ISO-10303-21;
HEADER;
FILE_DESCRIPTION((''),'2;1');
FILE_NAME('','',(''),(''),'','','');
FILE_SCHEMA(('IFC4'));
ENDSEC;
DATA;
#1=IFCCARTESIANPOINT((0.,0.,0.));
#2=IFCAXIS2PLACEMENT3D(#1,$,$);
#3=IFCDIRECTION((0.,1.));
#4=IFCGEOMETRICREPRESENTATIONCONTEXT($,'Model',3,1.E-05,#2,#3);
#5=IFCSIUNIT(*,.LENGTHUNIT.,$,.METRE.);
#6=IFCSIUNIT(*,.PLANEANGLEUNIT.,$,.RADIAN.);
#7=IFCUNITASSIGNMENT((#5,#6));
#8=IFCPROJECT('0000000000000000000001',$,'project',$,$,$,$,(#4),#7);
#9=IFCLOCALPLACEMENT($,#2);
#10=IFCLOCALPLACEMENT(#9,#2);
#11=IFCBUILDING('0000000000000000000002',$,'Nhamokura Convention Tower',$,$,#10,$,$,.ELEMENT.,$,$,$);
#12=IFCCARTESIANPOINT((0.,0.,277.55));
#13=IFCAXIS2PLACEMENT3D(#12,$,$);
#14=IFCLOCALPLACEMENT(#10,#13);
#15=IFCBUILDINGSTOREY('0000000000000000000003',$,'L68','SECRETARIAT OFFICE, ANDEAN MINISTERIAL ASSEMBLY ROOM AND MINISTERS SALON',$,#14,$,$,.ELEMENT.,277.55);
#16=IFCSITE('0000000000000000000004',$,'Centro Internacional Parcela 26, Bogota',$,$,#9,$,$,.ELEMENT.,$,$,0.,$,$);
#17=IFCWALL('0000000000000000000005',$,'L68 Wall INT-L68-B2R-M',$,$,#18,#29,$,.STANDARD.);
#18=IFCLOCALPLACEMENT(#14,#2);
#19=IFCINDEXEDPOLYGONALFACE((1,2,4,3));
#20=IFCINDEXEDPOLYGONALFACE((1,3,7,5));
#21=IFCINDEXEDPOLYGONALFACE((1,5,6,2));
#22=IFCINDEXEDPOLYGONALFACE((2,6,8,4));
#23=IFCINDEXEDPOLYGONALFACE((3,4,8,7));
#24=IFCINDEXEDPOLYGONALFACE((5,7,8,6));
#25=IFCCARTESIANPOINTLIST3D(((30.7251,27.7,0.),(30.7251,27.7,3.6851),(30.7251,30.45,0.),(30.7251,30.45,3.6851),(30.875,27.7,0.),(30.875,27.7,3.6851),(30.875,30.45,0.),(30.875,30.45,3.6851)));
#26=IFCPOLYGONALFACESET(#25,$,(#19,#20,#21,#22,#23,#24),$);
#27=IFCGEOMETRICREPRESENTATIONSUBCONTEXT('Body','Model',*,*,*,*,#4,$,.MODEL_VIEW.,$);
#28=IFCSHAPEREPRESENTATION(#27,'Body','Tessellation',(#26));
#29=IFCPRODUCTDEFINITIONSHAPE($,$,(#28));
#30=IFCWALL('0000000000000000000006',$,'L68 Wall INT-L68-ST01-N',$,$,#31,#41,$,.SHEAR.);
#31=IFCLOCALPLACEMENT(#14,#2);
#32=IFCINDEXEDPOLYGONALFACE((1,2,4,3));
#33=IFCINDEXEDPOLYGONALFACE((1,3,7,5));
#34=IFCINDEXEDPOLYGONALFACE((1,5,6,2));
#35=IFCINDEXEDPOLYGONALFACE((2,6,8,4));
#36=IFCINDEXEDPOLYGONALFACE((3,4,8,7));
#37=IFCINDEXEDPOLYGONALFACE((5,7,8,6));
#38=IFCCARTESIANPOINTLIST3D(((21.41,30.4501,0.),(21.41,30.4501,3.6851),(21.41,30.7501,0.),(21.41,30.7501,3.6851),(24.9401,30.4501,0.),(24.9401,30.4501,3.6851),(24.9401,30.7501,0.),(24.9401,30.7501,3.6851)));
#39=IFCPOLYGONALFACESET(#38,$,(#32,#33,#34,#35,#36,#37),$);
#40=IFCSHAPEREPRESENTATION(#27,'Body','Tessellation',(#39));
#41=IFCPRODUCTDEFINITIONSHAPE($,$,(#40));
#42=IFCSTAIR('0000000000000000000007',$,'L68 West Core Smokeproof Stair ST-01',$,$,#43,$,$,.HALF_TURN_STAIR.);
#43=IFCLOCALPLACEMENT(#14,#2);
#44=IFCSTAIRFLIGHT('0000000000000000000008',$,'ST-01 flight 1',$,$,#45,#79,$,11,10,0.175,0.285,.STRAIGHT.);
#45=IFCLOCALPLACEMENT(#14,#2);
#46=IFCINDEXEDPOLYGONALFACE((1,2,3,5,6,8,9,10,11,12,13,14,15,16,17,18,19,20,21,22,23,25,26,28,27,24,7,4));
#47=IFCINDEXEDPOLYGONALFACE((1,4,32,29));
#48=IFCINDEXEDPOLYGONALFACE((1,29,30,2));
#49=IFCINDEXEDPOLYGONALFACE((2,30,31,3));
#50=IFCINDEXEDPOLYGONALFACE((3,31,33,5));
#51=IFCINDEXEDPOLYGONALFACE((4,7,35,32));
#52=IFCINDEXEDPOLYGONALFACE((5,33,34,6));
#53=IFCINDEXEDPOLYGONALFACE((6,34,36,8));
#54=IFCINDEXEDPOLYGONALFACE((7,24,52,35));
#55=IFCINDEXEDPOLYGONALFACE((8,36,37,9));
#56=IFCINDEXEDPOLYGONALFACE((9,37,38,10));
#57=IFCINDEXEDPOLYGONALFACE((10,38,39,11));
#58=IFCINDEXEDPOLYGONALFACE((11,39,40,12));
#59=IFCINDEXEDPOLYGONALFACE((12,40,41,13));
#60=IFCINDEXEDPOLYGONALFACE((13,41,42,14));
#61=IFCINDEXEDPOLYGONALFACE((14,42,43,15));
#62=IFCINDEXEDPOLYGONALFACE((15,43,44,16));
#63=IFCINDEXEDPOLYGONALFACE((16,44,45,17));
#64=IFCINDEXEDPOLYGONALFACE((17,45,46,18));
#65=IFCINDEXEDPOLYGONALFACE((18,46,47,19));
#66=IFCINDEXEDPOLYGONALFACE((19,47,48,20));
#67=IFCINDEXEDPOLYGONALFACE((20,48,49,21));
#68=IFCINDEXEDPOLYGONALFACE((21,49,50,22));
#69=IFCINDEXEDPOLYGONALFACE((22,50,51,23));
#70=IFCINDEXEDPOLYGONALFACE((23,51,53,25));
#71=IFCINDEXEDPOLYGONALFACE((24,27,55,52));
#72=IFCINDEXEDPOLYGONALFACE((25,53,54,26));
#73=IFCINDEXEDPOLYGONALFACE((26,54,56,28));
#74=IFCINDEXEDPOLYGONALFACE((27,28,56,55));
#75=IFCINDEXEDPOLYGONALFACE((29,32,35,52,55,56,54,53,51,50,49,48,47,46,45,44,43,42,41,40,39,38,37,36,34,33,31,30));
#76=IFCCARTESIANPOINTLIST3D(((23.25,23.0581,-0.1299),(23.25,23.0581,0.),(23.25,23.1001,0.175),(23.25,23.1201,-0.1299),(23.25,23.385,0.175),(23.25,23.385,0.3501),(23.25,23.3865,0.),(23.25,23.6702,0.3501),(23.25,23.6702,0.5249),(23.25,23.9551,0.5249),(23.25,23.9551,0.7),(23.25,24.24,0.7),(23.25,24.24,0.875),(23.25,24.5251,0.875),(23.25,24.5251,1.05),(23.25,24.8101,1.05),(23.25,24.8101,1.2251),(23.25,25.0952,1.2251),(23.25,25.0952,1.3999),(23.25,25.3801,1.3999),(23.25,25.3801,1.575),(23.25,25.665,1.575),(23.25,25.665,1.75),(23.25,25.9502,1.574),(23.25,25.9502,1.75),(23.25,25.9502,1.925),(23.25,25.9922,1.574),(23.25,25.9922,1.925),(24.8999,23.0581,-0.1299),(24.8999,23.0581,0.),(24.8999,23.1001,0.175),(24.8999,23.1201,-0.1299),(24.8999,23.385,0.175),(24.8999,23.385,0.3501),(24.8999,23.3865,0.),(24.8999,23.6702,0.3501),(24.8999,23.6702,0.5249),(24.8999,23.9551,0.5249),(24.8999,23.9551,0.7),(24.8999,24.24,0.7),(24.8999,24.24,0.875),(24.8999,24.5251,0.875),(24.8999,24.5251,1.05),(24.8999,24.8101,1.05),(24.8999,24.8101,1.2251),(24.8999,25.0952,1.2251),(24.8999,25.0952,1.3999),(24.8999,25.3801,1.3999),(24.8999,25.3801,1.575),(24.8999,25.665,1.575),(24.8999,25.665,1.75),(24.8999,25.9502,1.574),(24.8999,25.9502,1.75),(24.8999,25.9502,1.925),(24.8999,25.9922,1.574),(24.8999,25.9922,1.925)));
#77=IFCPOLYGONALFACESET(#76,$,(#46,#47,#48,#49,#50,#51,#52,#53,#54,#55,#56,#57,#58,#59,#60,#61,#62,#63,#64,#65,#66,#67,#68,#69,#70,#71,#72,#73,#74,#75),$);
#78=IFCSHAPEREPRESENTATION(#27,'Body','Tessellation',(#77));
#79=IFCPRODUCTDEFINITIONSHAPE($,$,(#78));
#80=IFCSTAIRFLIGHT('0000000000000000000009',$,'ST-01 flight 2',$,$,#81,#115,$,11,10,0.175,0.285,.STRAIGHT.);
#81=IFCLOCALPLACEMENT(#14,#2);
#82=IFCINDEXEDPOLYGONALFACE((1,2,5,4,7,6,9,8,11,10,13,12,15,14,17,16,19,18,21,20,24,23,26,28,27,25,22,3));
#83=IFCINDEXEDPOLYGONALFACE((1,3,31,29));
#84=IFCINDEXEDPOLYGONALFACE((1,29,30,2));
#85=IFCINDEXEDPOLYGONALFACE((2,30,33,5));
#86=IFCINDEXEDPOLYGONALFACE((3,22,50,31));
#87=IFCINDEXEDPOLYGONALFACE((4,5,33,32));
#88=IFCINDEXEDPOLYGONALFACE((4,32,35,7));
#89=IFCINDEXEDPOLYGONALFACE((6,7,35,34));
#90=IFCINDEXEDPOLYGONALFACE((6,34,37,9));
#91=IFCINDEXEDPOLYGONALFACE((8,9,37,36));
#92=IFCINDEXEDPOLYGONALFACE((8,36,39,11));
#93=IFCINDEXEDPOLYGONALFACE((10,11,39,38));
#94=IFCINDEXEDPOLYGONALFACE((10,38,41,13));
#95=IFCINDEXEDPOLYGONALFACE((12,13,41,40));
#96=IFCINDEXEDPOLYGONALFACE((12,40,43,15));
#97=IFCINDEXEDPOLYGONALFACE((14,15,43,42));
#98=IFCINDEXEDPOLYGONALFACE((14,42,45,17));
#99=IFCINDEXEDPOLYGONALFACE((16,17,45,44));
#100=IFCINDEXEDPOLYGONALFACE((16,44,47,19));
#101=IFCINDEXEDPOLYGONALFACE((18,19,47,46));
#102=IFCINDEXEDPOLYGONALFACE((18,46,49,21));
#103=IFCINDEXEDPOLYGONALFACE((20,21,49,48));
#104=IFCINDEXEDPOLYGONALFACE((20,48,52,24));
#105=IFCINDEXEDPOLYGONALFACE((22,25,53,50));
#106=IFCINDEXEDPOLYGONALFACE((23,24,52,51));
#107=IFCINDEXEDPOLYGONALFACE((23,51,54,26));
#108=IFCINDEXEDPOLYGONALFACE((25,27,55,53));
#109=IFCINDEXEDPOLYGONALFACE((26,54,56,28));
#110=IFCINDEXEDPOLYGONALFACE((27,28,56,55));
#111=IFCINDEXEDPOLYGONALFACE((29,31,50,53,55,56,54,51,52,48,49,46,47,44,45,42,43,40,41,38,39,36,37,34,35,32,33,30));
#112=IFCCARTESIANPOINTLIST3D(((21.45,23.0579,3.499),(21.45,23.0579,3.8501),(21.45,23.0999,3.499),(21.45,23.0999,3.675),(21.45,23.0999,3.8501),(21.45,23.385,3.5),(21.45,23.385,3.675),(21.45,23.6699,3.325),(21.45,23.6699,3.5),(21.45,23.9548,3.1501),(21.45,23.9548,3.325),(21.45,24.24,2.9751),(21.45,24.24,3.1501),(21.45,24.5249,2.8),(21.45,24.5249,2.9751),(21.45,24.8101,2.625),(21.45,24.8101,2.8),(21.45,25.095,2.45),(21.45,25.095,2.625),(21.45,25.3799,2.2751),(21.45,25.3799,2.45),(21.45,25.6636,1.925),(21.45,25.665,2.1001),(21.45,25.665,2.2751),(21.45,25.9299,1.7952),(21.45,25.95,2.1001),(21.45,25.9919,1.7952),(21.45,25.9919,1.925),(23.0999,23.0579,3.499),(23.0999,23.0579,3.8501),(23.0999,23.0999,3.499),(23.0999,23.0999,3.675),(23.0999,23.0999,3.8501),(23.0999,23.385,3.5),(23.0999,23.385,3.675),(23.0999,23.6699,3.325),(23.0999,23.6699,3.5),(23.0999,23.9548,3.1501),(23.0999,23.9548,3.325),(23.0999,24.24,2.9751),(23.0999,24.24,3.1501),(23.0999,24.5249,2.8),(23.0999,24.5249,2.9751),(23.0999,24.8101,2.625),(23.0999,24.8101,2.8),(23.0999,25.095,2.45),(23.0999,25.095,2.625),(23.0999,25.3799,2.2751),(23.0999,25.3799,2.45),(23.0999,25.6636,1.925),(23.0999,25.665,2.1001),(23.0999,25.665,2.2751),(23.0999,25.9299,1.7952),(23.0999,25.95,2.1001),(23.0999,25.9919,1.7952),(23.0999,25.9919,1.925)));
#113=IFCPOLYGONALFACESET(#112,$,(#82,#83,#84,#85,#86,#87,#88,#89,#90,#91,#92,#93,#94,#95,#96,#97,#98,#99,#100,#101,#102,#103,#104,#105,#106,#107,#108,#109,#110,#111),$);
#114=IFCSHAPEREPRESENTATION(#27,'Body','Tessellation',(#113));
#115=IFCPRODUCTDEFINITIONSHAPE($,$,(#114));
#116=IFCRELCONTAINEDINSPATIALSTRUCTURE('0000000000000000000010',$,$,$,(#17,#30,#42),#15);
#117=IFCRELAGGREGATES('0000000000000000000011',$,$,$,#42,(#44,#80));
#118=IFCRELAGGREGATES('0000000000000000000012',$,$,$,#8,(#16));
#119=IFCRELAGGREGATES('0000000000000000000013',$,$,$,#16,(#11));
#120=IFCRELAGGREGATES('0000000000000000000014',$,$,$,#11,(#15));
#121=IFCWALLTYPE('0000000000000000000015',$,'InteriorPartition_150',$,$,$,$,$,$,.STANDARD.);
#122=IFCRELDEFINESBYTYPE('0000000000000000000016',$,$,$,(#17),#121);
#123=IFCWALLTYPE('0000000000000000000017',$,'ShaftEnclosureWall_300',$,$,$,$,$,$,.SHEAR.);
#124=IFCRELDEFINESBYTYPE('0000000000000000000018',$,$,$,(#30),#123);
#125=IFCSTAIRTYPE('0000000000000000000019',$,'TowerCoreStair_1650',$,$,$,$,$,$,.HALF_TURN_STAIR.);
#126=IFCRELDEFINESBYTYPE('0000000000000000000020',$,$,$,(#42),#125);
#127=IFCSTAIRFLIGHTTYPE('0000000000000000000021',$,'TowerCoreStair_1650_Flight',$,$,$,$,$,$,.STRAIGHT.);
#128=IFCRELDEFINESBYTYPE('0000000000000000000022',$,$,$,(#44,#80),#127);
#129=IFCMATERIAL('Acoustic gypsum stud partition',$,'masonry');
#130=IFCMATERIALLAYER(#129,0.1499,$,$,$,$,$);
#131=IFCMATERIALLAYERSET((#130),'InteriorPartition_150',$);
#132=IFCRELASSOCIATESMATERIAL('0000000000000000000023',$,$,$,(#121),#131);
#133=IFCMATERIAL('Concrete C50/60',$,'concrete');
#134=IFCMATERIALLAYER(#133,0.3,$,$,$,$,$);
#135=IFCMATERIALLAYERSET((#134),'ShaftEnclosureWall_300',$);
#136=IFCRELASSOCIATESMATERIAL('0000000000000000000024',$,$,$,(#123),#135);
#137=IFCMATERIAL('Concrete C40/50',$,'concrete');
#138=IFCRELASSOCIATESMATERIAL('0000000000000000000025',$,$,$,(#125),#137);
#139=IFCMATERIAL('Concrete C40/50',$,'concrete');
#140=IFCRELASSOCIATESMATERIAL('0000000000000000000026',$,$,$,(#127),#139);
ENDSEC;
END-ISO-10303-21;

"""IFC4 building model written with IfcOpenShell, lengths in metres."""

from ifc_helpers import new_model, si_unit, direction, frame, frame_2d, origin, place, context, subcontext, project, spatial, polyline, rectangle, outline, extrude, material, layer, layer_set, type_object, element, aggregate, save


model = new_model("IFC4")

# Units and contexts
model_context = context("Model", 3, precision=1e-05, world=origin(), true_north=direction((0.0, 1.0)))
body_context = subcontext(model_context, "Body", "Model", "MODEL_VIEW")
ifc_project = project(units=[si_unit("LENGTHUNIT", "METRE"), si_unit("PLANEANGLEUNIT", "RADIAN")], contexts=[model_context])

# Site, building, storey
site_placement = place(None, origin())
site = spatial("IfcSite", under=ifc_project, at=site_placement, Name="Centro Internacional Parcela 26, Bogota", CompositionType="ELEMENT", RefElevation=0.0)
building_placement = place(site_placement, origin())
building = spatial("IfcBuilding", under=site, at=building_placement, Name="Nhamokura Convention Tower", CompositionType="ELEMENT")
storey_placement = place(building_placement, frame((0.0, 0.0, 277.55)))
storey = spatial("IfcBuildingStorey", under=building, at=storey_placement, Name="L68", Description="SECRETARIAT OFFICE, ANDEAN MINISTERIAL ASSEMBLY ROOM AND MINISTERS SALON", CompositionType="ELEMENT", Elevation=277.55)

# Shared definitions
ifc_material_1 = material(Name="Acoustic gypsum stud partition", Category="masonry")
ifc_layer_1 = layer(ifc_material_1, 0.1499)
ifc_layer_set_1 = layer_set([ifc_layer_1], Name="InteriorPartition_150")
wall_type_1 = type_object("IfcWallType", Name="InteriorPartition_150", PredefinedType="STANDARD", material=ifc_layer_set_1)

# Walls
wall_1_placement = place(storey_placement, frame((30.8, 27.7, 0.0), z_axis=(0.0, 0.0, 1.0), x_axis=(0.0, 1.0, 0.0)))
element("IfcWall", 1, at=wall_1_placement, inside=storey, type_object=wall_type_1, Name="L68 Wall INT-L68-B2R-M", PredefinedType="STANDARD", context=body_context, shape_type="SweptSolid", body=[
    extrude(rectangle(XDim=2.75, YDim=0.1499, at=frame_2d((1.375, 0.0))), origin(), (0.0, 0.0, 1.0), 3.6851),
])
ifc_material_2 = material(Name="Concrete C50/60", Category="concrete")
ifc_layer_2 = layer(ifc_material_2, 0.3)
ifc_layer_set_2 = layer_set([ifc_layer_2], Name="ShaftEnclosureWall_300")
wall_type_2 = type_object("IfcWallType", Name="ShaftEnclosureWall_300", PredefinedType="SHEAR", material=ifc_layer_set_2)
wall_2_placement = place(storey_placement, frame((21.4099, 30.6001, 0.0), z_axis=(0.0, 0.0, 1.0), x_axis=(1.0, 0.0, 0.0)))
element("IfcWall", 2, at=wall_2_placement, inside=storey, type_object=wall_type_2, Name="L68 Wall INT-L68-ST01-N", PredefinedType="SHEAR", context=body_context, shape_type="SweptSolid", body=[
    extrude(rectangle(XDim=3.53, YDim=0.3, at=frame_2d((1.7651, 0.0))), origin(), (0.0, 0.0, 1.0), 3.6851),
])

# Stair, stair flights
ifc_material_3 = material(Name="Concrete C40/50", Category="concrete")
stair_type = type_object("IfcStairType", Name="TowerCoreStair_1650", PredefinedType="HALF_TURN_STAIR", material=ifc_material_3)
stair_placement = place(storey_placement, origin())
stair = element("IfcStair", 3, at=stair_placement, inside=storey, type_object=stair_type, Name="L68 West Core Smokeproof Stair ST-01", PredefinedType="HALF_TURN_STAIR")
ifc_material_4 = material(Name="Concrete C40/50", Category="concrete")
stair_flight_type = type_object("IfcStairFlightType", Name="TowerCoreStair_1650_Flight", PredefinedType="STRAIGHT", material=ifc_material_4)
stair_flight_1_placement = place(storey_placement, frame((24.075, 23.1001, 0.0), z_axis=(0.0, 0.0, 1.0), x_axis=(0.0, 1.0, 0.0)))
stair_flight_1 = element("IfcStairFlight", 4, at=stair_flight_1_placement, type_object=stair_flight_type, Name="ST-01 flight 1", NumberOfRisers=11, NumberOfTreads=10, PredefinedType="STRAIGHT", RiserHeight=0.175, TreadLength=0.285, context=body_context, shape_type="SweptSolid", body=[
    extrude(outline(polyline([(-0.042, 0.0), (0.0, 0.175), (0.2849, 0.175), (0.2849, 0.3501), (0.5701, 0.3501), (0.5701, 0.5249), (0.855, 0.5249), (0.855, 0.7), (1.1399, 0.7), (1.1399, 0.875), (1.425, 0.875), (1.425, 1.05), (1.71, 1.05), (1.71, 1.2251), (1.9951, 1.2251), (1.9951, 1.3999), (2.28, 1.3999), (2.28, 1.575), (2.5649, 1.575), (2.5649, 1.75), (2.8501, 1.75), (2.8501, 1.925), (2.8921, 1.925), (2.8921, 1.574), (2.8501, 1.574), (0.2864, 0.0), (0.02, -0.1299), (-0.042, -0.1299), (-0.042, 0.0)])), frame((0.0, 0.825, 0.0), z_axis=(0.0, -1.0, 0.0), x_axis=(1.0, 0.0, 0.0)), (0.0, 0.0, 1.0), 1.6499),
])
stair_flight_2_placement = place(storey_placement, frame((22.2749, 25.95, 1.925), z_axis=(0.0, 0.0, 1.0), x_axis=(0.0, -1.0, 0.0)))
stair_flight_2 = element("IfcStairFlight", 5, at=stair_flight_2_placement, type_object=stair_flight_type, Name="ST-01 flight 2", NumberOfRisers=11, NumberOfTreads=10, PredefinedType="STRAIGHT", RiserHeight=0.175, TreadLength=0.285, context=body_context, shape_type="SweptSolid", body=[
    extrude(outline(polyline([(-0.042, 0.0), (0.0, 0.175), (0.2849, 0.175), (0.2849, 0.3501), (0.5701, 0.3501), (0.5701, 0.5249), (0.855, 0.5249), (0.855, 0.7), (1.1399, 0.7), (1.1399, 0.875), (1.425, 0.875), (1.425, 1.05), (1.71, 1.05), (1.71, 1.2251), (1.9951, 1.2251), (1.9951, 1.3999), (2.28, 1.3999), (2.28, 1.575), (2.5649, 1.575), (2.5649, 1.75), (2.8501, 1.75), (2.8501, 1.925), (2.8921, 1.925), (2.8921, 1.574), (2.8501, 1.574), (0.2864, 0.0), (0.02, -0.1299), (-0.042, -0.1299), (-0.042, 0.0)])), frame((0.0, 0.825, 0.0), z_axis=(0.0, -1.0, 0.0), x_axis=(1.0, 0.0, 0.0)), (0.0, 0.0, 1.0), 1.6499),
])
aggregate(stair, [stair_flight_1, stair_flight_2])

save(model, "model.ifc")
